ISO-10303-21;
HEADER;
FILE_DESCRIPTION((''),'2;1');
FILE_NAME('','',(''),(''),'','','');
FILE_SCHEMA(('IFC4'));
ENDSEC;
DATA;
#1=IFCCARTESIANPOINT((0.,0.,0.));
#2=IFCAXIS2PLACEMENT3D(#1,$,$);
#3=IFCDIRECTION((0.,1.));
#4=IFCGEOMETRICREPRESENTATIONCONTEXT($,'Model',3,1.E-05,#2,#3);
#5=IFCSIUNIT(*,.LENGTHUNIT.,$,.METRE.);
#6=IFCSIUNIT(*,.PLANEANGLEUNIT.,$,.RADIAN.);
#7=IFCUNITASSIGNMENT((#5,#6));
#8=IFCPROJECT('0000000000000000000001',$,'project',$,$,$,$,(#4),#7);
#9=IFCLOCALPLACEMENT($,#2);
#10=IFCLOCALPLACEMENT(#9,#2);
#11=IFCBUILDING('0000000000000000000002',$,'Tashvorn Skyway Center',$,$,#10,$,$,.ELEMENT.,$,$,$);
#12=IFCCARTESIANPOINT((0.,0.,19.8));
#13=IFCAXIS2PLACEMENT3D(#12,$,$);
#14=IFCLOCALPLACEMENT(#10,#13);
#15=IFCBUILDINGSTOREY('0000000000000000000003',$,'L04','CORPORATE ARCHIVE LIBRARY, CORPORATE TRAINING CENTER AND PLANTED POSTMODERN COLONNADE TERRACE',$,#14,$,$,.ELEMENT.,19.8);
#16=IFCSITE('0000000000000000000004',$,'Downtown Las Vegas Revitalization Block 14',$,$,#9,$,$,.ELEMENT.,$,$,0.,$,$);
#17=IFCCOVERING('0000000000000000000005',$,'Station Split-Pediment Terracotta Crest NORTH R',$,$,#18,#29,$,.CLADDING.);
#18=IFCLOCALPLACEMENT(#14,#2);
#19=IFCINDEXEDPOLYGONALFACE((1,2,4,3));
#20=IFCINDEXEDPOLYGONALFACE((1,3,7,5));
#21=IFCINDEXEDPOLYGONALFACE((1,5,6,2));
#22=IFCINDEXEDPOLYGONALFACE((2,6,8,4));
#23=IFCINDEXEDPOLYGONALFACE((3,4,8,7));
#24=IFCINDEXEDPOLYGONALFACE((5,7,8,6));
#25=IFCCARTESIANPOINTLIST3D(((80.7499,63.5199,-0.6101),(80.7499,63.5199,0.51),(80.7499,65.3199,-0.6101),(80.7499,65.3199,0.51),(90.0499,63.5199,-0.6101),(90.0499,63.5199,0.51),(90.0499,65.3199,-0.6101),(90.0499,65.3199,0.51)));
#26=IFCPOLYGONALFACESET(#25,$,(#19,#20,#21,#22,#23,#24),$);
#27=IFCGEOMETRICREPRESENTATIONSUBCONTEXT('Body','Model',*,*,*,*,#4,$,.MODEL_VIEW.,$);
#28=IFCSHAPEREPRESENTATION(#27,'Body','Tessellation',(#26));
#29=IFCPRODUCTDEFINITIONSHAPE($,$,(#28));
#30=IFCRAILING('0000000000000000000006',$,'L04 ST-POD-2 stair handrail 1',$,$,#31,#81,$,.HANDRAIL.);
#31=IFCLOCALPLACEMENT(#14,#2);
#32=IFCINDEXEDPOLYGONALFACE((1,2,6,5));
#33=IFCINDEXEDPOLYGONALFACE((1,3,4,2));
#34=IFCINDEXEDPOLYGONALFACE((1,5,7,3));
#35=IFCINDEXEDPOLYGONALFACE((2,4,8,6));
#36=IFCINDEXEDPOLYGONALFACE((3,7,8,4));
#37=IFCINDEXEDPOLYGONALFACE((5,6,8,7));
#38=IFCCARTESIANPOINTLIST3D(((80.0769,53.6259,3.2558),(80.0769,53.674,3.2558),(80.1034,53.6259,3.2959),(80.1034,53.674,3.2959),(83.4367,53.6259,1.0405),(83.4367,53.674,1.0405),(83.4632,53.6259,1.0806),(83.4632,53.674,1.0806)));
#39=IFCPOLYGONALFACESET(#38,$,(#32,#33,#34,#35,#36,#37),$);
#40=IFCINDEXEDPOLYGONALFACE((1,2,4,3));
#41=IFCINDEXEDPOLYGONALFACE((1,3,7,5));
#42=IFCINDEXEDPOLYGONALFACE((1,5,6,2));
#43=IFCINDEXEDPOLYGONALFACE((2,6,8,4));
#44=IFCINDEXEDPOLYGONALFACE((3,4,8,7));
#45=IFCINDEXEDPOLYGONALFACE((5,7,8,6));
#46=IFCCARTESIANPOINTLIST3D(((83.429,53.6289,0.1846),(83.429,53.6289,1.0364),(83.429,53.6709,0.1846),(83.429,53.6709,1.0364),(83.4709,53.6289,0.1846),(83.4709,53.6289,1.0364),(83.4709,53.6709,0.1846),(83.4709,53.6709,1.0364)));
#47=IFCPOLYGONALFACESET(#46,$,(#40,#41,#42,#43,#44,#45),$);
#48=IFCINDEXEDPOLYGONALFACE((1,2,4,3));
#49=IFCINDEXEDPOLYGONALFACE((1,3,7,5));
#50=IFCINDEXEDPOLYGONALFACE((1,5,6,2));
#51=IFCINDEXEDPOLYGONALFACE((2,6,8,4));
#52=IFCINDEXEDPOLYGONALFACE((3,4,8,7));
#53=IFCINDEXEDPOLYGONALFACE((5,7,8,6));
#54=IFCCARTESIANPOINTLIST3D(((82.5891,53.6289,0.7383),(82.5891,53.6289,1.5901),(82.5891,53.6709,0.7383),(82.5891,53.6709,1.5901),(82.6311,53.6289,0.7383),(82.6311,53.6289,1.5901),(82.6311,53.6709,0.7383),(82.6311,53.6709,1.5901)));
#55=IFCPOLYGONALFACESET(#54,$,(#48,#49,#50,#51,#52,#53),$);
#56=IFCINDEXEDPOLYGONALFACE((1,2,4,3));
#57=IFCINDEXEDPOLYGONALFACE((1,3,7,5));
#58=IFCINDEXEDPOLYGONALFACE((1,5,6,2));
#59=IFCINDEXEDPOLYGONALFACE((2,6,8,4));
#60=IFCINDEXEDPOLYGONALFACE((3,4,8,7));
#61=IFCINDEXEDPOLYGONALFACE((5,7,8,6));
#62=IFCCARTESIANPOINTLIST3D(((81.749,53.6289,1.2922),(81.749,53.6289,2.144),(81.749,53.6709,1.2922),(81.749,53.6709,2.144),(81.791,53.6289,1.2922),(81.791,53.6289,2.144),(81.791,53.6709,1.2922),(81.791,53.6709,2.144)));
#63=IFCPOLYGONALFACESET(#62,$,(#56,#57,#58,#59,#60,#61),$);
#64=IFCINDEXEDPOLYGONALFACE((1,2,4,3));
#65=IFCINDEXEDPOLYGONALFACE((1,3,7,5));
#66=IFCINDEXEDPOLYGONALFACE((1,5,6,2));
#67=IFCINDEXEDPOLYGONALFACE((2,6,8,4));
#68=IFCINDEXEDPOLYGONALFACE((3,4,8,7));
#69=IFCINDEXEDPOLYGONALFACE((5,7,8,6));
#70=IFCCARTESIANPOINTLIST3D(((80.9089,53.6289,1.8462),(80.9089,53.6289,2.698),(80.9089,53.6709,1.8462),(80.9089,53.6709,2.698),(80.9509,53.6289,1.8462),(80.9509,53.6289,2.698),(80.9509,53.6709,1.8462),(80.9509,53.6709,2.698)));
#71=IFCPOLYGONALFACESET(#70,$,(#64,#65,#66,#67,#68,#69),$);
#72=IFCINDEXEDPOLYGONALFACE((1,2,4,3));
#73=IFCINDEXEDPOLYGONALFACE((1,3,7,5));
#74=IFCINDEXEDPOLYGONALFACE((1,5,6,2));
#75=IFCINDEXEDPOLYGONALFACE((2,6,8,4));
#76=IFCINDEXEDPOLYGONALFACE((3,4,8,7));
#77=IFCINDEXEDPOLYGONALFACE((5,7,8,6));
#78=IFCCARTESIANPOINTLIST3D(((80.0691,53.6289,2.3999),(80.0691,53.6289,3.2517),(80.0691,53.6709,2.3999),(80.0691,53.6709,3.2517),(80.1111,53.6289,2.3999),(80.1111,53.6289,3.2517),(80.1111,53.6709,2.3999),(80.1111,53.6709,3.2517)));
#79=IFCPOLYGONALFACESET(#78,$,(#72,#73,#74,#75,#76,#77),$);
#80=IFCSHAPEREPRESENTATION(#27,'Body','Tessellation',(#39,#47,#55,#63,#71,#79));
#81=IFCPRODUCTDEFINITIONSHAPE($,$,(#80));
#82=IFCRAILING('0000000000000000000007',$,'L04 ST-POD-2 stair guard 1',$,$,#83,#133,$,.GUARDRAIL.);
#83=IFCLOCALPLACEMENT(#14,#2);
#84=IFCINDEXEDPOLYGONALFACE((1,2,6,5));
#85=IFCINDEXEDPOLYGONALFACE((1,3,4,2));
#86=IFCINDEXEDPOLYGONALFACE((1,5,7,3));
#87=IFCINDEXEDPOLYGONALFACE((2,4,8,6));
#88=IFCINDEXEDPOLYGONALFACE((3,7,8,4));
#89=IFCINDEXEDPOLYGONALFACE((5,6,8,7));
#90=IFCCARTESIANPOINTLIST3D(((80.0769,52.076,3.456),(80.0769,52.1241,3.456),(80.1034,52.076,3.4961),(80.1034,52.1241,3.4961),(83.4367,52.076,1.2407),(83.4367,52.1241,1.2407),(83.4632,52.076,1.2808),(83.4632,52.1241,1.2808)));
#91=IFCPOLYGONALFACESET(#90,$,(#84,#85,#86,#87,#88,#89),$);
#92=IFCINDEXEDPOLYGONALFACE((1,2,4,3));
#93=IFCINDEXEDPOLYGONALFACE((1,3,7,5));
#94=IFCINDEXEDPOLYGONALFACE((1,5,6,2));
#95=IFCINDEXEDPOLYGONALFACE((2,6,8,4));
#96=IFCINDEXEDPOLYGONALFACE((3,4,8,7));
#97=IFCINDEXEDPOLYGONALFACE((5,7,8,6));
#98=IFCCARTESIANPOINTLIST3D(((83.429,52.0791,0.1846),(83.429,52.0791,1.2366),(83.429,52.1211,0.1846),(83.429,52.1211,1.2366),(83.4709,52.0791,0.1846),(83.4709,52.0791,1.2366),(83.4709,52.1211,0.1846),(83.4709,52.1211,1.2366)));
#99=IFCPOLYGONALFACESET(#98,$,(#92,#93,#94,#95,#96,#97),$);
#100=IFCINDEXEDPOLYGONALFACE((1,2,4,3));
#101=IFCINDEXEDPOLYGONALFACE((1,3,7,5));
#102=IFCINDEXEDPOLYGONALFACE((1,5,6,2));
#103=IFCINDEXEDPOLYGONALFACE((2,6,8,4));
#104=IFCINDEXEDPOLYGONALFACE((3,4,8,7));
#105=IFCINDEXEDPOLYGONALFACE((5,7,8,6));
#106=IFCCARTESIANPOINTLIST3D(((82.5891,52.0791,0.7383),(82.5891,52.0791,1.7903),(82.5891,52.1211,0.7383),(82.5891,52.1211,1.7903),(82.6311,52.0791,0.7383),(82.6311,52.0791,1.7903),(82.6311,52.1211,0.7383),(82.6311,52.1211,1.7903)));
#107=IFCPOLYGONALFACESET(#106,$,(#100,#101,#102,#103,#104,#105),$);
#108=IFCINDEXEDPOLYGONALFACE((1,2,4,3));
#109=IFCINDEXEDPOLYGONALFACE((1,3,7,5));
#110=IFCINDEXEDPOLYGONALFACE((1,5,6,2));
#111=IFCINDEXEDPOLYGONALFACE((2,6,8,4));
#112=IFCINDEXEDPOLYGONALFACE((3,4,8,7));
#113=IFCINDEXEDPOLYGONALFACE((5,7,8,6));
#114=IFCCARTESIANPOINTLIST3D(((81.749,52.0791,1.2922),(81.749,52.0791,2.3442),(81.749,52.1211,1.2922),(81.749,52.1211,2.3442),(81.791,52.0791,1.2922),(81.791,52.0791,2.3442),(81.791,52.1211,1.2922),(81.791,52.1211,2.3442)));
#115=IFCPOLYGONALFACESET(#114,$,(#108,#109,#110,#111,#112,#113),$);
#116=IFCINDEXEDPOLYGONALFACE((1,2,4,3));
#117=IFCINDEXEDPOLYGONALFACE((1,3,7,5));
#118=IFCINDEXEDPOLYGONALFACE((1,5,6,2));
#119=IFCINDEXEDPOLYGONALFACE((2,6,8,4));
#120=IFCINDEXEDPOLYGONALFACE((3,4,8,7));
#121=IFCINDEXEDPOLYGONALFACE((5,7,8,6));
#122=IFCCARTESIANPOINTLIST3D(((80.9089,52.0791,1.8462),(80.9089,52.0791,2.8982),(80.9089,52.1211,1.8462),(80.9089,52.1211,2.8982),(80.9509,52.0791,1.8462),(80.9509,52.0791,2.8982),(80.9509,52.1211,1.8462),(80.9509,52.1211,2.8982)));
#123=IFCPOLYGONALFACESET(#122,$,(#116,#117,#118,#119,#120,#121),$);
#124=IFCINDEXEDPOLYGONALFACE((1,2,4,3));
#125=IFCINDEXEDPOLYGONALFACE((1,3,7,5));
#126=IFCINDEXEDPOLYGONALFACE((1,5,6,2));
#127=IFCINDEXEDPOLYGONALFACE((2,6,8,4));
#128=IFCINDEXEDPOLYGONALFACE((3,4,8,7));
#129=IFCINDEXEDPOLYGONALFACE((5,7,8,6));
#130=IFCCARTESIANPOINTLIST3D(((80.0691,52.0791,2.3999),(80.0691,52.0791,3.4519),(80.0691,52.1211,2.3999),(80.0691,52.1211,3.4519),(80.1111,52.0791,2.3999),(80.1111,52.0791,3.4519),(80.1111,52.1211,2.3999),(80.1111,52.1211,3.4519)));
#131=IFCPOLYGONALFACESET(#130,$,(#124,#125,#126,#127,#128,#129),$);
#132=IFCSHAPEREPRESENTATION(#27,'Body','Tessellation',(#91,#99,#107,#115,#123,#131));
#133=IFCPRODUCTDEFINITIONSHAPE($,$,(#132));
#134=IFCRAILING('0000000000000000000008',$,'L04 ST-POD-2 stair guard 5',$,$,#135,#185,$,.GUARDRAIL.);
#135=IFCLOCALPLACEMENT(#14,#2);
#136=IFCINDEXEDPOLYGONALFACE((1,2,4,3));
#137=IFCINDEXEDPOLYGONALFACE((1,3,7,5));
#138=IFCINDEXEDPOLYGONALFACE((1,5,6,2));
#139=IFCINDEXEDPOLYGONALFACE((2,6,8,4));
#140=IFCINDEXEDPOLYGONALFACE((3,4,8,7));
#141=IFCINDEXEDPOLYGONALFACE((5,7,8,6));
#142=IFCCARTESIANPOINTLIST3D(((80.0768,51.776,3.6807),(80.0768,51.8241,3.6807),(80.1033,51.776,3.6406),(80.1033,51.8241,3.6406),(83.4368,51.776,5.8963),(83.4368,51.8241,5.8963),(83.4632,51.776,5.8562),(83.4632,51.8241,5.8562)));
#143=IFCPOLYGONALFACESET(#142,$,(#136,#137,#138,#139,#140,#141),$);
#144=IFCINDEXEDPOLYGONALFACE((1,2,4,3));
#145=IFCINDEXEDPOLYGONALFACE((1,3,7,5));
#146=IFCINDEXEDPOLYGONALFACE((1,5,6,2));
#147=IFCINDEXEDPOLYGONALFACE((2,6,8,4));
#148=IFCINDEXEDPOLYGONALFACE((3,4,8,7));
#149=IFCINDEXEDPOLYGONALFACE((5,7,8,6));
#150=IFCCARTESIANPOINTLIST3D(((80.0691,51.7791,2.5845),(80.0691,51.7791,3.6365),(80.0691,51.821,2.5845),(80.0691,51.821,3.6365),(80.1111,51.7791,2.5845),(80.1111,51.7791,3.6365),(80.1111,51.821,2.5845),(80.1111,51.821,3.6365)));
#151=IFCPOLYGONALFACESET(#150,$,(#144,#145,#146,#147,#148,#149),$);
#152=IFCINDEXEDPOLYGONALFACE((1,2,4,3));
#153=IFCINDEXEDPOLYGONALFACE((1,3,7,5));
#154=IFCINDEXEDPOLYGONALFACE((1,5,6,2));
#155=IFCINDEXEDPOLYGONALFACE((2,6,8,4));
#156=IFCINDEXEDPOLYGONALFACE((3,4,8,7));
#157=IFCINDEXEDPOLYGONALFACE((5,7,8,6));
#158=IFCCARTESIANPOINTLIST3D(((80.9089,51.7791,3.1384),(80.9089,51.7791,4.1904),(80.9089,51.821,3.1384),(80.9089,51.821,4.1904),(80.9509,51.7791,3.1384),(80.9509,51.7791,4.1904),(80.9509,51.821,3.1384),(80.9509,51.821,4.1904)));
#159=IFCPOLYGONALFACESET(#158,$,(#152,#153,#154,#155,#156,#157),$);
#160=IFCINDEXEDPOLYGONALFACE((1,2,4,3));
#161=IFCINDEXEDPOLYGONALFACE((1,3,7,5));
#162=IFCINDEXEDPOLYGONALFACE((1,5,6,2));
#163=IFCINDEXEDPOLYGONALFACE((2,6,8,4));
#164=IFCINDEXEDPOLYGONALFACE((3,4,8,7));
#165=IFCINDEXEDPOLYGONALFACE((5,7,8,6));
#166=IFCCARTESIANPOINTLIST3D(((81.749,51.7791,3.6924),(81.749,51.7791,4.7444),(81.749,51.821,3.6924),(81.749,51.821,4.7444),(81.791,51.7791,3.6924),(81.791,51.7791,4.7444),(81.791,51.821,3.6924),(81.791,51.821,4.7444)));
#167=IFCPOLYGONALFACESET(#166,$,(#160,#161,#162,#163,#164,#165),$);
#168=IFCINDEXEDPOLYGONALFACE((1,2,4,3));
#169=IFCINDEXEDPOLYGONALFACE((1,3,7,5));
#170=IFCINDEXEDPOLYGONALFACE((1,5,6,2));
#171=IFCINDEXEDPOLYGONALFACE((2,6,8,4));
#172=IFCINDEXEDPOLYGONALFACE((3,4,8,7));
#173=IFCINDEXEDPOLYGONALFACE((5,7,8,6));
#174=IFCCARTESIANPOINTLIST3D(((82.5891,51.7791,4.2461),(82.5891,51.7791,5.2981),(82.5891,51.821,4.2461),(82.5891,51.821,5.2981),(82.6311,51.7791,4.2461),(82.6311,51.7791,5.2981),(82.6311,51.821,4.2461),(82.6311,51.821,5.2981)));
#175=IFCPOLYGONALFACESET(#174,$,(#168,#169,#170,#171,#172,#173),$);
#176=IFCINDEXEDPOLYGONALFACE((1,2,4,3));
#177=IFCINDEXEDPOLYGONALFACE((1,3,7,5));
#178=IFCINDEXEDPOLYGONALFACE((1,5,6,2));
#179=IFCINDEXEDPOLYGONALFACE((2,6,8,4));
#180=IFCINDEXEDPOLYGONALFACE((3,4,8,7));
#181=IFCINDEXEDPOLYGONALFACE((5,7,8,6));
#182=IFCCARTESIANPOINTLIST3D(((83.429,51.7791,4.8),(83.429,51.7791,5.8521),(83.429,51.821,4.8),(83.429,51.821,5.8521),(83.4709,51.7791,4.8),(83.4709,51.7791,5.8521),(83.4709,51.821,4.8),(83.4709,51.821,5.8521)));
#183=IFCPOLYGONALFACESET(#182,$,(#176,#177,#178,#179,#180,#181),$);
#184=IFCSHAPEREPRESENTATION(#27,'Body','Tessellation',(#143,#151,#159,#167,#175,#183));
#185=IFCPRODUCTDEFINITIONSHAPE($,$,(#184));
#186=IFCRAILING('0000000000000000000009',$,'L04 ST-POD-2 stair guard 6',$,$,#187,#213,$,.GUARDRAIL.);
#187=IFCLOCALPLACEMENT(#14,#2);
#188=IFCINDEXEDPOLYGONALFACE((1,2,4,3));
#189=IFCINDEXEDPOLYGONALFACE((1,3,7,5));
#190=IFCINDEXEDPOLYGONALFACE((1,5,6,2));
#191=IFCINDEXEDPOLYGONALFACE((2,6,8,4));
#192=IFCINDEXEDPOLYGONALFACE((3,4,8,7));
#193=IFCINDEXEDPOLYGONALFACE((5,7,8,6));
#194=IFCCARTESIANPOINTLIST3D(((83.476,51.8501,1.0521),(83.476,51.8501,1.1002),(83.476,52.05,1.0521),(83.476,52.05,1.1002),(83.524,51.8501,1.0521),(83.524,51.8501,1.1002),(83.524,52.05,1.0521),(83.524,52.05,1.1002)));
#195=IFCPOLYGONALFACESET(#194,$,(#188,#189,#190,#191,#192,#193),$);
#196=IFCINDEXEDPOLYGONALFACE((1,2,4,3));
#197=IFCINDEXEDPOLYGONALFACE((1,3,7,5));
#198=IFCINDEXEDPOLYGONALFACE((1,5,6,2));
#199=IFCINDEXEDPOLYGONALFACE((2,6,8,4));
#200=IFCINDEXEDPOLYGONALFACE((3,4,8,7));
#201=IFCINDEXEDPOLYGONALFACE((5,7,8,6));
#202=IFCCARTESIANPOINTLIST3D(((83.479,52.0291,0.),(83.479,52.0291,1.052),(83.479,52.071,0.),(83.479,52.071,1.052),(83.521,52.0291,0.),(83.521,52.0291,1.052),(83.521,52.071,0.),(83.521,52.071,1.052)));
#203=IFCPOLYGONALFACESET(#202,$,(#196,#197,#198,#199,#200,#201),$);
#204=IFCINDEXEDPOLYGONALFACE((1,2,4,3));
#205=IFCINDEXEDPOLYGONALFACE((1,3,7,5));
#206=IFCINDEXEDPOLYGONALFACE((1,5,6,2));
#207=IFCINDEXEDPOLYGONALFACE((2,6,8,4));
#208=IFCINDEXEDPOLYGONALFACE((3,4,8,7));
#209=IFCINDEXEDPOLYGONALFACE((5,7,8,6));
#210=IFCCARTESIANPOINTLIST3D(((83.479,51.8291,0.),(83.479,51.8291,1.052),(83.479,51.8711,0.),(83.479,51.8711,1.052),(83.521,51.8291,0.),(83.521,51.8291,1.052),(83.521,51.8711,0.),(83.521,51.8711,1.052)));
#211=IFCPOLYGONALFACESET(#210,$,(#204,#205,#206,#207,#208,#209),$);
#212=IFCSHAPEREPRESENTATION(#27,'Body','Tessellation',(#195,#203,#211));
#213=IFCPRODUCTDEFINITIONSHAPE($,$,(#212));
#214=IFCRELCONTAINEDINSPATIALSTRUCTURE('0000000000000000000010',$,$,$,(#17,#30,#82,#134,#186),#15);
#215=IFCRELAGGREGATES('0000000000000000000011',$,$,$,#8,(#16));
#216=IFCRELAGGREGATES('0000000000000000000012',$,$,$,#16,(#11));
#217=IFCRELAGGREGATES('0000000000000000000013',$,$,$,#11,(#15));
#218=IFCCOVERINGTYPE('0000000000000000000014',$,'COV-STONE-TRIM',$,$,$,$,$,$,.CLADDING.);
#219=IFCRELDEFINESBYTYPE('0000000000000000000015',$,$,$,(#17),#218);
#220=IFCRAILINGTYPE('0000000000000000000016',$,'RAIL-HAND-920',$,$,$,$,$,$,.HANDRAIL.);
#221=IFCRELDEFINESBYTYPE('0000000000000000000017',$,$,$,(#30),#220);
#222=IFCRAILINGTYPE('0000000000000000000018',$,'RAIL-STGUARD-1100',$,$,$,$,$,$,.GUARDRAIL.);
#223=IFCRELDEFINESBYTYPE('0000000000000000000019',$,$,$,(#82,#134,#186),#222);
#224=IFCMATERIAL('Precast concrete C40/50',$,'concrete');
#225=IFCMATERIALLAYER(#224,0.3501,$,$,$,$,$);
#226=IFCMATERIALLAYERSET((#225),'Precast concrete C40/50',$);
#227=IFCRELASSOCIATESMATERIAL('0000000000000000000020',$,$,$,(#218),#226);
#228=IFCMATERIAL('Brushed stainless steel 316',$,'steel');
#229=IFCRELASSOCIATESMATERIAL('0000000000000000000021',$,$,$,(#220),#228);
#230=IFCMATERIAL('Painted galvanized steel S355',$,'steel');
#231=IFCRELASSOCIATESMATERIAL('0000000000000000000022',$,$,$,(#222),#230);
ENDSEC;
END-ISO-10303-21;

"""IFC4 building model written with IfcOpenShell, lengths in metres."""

from ifc_helpers import new_model, si_unit, direction, frame, origin, origin_2d, place, context, subcontext, project, spatial, rectangle, extrude, material, layer, layer_set, type_object, element, save


model = new_model("IFC4")

# Units and contexts
model_context = context("Model", 3, precision=1e-05, world=origin(), true_north=direction((0.0, 1.0)))
body_context = subcontext(model_context, "Body", "Model", "MODEL_VIEW")
ifc_project = project(units=[si_unit("LENGTHUNIT", "METRE"), si_unit("PLANEANGLEUNIT", "RADIAN")], contexts=[model_context])

# Site, building, storey
site_placement = place(None, origin())
site = spatial("IfcSite", under=ifc_project, at=site_placement, Name="Downtown Las Vegas Revitalization Block 14", CompositionType="ELEMENT", RefElevation=0.0)
building_placement = place(site_placement, origin())
building = spatial("IfcBuilding", under=site, at=building_placement, Name="Tashvorn Skyway Center", CompositionType="ELEMENT")
storey_placement = place(building_placement, frame((0.0, 0.0, 19.8)))
storey = spatial("IfcBuildingStorey", under=building, at=storey_placement, Name="L04", Description="CORPORATE ARCHIVE LIBRARY, CORPORATE TRAINING CENTER AND PLANTED POSTMODERN COLONNADE TERRACE", CompositionType="ELEMENT", Elevation=19.8)

# Covering
ifc_material_1 = material(Name="Precast concrete C40/50", Category="concrete")
ifc_layer_1 = layer(ifc_material_1, 0.3501)
ifc_layer_set_1 = layer_set([ifc_layer_1], Name="Precast concrete C40/50")
covering_type = type_object("IfcCoveringType", Name="COV-STONE-TRIM", PredefinedType="CLADDING", material=ifc_layer_set_1)
covering_1_placement = place(storey_placement, frame((85.3999, 64.4199, -0.6101), z_axis=(0.0, 0.0, 1.0), x_axis=(1.0, 0.0, 0.0)))
element("IfcCovering", 1, at=covering_1_placement, inside=storey, type_object=covering_type, Name="Station Split-Pediment Terracotta Crest NORTH R", PredefinedType="CLADDING", context=body_context, shape_type="SweptSolid", body=[
    extrude(rectangle(XDim=9.3, YDim=1.8, at=origin_2d()), origin(), (0.0, 0.0, 1.0), 1.1201),
])

# Railings
ifc_material_2 = material(Name="Brushed stainless steel 316", Category="steel")
railing_type_1 = type_object("IfcRailingType", Name="RAIL-HAND-920", PredefinedType="HANDRAIL", material=ifc_material_2)
railing_1_placement = place(storey_placement, frame((83.45, 53.6499, 0.1846)))
element("IfcRailing", 2, at=railing_1_placement, inside=storey, type_object=railing_type_1, Name="L04 ST-POD-2 stair handrail 1", PredefinedType="HANDRAIL", context=body_context, shape_type="SweptSolid", body=[
    extrude(rectangle(XDim=0.0481, YDim=0.0481, at=origin_2d()), frame((0.0, 0.0, 0.876), z_axis=(-0.834858, 0.0, 0.550465), x_axis=(0.0, -1.0, 0.0)), (0.0, 0.0, 1.0), 4.0244),
    extrude(rectangle(XDim=0.042, YDim=0.042, at=origin_2d()), origin(), (0.0, 0.0, 1.0), 0.8518),
    extrude(rectangle(XDim=0.042, YDim=0.042, at=origin_2d()), frame((-0.8398, 0.0, 0.5537)), (0.0, 0.0, 1.0), 0.8518),
    extrude(rectangle(XDim=0.042, YDim=0.042, at=origin_2d()), frame((-1.6799, 0.0, 1.1077)), (0.0, 0.0, 1.0), 0.8518),
    extrude(rectangle(XDim=0.042, YDim=0.042, at=origin_2d()), frame((-2.52, 0.0, 1.6616)), (0.0, 0.0, 1.0), 0.8518),
    extrude(rectangle(XDim=0.042, YDim=0.042, at=origin_2d()), frame((-3.3599, 0.0, 2.2153)), (0.0, 0.0, 1.0), 0.8518),
])
ifc_material_3 = material(Name="Painted galvanized steel S355", Category="steel")
railing_type_2 = type_object("IfcRailingType", Name="RAIL-STGUARD-1100", PredefinedType="GUARDRAIL", material=ifc_material_3)
railing_2_placement = place(storey_placement, frame((83.45, 52.1001, 0.1846)))
element("IfcRailing", 3, at=railing_2_placement, inside=storey, type_object=railing_type_2, Name="L04 ST-POD-2 stair guard 1", PredefinedType="GUARDRAIL", context=body_context, shape_type="SweptSolid", body=[
    extrude(rectangle(XDim=0.0481, YDim=0.0481, at=origin_2d()), frame((0.0, 0.0, 1.0762), z_axis=(-0.834858, 0.0, 0.550465), x_axis=(0.0, -1.0, 0.0)), (0.0, 0.0, 1.0), 4.0244),
    extrude(rectangle(XDim=0.042, YDim=0.042, at=origin_2d()), origin(), (0.0, 0.0, 1.0), 1.052),
    extrude(rectangle(XDim=0.042, YDim=0.042, at=origin_2d()), frame((-0.8398, 0.0, 0.5537)), (0.0, 0.0, 1.0), 1.052),
    extrude(rectangle(XDim=0.042, YDim=0.042, at=origin_2d()), frame((-1.6799, 0.0, 1.1077)), (0.0, 0.0, 1.0), 1.052),
    extrude(rectangle(XDim=0.042, YDim=0.042, at=origin_2d()), frame((-2.52, 0.0, 1.6616)), (0.0, 0.0, 1.0), 1.052),
    extrude(rectangle(XDim=0.042, YDim=0.042, at=origin_2d()), frame((-3.3599, 0.0, 2.2153)), (0.0, 0.0, 1.0), 1.052),
])
railing_3_placement = place(storey_placement, frame((80.0901, 51.8, 2.5845)))
element("IfcRailing", 4, at=railing_3_placement, inside=storey, type_object=railing_type_2, Name="L04 ST-POD-2 stair guard 5", PredefinedType="GUARDRAIL", context=body_context, shape_type="SweptSolid", body=[
    extrude(rectangle(XDim=0.0481, YDim=0.0481, at=origin_2d()), frame((0.0, 0.0, 1.0762), z_axis=(0.83483, 0.0, 0.550508), x_axis=(0.0, 1.0, 0.0)), (0.0, 0.0, 1.0), 4.0247),
    extrude(rectangle(XDim=0.042, YDim=0.042, at=origin_2d()), origin(), (0.0, 0.0, 1.0), 1.052),
    extrude(rectangle(XDim=0.042, YDim=0.042, at=origin_2d()), frame((0.8398, 0.0, 0.554)), (0.0, 0.0, 1.0), 1.052),
    extrude(rectangle(XDim=0.042, YDim=0.042, at=origin_2d()), frame((1.6799, 0.0, 1.1079)), (0.0, 0.0, 1.0), 1.052),
    extrude(rectangle(XDim=0.042, YDim=0.042, at=origin_2d()), frame((2.52, 0.0, 1.6616)), (0.0, 0.0, 1.0), 1.052),
    extrude(rectangle(XDim=0.042, YDim=0.042, at=origin_2d()), frame((3.3599, 0.0, 2.2156)), (0.0, 0.0, 1.0), 1.052),
])
railing_4_placement = place(storey_placement, frame((83.5, 52.05, 0.0)))
element("IfcRailing", 5, at=railing_4_placement, inside=storey, type_object=railing_type_2, Name="L04 ST-POD-2 stair guard 6", PredefinedType="GUARDRAIL", context=body_context, shape_type="SweptSolid", body=[
    extrude(rectangle(XDim=0.0481, YDim=0.0481, at=origin_2d()), frame((0.0, 0.0, 1.0762), z_axis=(0.0, -1.0, 0.0), x_axis=(1.0, 0.0, 0.0)), (0.0, 0.0, 1.0), 0.2),
    extrude(rectangle(XDim=0.042, YDim=0.042, at=origin_2d()), origin(), (0.0, 0.0, 1.0), 1.052),
    extrude(rectangle(XDim=0.042, YDim=0.042, at=origin_2d()), frame((0.0, -0.2, 0.0)), (0.0, 0.0, 1.0), 1.052),
])

save(model, "model.ifc")
